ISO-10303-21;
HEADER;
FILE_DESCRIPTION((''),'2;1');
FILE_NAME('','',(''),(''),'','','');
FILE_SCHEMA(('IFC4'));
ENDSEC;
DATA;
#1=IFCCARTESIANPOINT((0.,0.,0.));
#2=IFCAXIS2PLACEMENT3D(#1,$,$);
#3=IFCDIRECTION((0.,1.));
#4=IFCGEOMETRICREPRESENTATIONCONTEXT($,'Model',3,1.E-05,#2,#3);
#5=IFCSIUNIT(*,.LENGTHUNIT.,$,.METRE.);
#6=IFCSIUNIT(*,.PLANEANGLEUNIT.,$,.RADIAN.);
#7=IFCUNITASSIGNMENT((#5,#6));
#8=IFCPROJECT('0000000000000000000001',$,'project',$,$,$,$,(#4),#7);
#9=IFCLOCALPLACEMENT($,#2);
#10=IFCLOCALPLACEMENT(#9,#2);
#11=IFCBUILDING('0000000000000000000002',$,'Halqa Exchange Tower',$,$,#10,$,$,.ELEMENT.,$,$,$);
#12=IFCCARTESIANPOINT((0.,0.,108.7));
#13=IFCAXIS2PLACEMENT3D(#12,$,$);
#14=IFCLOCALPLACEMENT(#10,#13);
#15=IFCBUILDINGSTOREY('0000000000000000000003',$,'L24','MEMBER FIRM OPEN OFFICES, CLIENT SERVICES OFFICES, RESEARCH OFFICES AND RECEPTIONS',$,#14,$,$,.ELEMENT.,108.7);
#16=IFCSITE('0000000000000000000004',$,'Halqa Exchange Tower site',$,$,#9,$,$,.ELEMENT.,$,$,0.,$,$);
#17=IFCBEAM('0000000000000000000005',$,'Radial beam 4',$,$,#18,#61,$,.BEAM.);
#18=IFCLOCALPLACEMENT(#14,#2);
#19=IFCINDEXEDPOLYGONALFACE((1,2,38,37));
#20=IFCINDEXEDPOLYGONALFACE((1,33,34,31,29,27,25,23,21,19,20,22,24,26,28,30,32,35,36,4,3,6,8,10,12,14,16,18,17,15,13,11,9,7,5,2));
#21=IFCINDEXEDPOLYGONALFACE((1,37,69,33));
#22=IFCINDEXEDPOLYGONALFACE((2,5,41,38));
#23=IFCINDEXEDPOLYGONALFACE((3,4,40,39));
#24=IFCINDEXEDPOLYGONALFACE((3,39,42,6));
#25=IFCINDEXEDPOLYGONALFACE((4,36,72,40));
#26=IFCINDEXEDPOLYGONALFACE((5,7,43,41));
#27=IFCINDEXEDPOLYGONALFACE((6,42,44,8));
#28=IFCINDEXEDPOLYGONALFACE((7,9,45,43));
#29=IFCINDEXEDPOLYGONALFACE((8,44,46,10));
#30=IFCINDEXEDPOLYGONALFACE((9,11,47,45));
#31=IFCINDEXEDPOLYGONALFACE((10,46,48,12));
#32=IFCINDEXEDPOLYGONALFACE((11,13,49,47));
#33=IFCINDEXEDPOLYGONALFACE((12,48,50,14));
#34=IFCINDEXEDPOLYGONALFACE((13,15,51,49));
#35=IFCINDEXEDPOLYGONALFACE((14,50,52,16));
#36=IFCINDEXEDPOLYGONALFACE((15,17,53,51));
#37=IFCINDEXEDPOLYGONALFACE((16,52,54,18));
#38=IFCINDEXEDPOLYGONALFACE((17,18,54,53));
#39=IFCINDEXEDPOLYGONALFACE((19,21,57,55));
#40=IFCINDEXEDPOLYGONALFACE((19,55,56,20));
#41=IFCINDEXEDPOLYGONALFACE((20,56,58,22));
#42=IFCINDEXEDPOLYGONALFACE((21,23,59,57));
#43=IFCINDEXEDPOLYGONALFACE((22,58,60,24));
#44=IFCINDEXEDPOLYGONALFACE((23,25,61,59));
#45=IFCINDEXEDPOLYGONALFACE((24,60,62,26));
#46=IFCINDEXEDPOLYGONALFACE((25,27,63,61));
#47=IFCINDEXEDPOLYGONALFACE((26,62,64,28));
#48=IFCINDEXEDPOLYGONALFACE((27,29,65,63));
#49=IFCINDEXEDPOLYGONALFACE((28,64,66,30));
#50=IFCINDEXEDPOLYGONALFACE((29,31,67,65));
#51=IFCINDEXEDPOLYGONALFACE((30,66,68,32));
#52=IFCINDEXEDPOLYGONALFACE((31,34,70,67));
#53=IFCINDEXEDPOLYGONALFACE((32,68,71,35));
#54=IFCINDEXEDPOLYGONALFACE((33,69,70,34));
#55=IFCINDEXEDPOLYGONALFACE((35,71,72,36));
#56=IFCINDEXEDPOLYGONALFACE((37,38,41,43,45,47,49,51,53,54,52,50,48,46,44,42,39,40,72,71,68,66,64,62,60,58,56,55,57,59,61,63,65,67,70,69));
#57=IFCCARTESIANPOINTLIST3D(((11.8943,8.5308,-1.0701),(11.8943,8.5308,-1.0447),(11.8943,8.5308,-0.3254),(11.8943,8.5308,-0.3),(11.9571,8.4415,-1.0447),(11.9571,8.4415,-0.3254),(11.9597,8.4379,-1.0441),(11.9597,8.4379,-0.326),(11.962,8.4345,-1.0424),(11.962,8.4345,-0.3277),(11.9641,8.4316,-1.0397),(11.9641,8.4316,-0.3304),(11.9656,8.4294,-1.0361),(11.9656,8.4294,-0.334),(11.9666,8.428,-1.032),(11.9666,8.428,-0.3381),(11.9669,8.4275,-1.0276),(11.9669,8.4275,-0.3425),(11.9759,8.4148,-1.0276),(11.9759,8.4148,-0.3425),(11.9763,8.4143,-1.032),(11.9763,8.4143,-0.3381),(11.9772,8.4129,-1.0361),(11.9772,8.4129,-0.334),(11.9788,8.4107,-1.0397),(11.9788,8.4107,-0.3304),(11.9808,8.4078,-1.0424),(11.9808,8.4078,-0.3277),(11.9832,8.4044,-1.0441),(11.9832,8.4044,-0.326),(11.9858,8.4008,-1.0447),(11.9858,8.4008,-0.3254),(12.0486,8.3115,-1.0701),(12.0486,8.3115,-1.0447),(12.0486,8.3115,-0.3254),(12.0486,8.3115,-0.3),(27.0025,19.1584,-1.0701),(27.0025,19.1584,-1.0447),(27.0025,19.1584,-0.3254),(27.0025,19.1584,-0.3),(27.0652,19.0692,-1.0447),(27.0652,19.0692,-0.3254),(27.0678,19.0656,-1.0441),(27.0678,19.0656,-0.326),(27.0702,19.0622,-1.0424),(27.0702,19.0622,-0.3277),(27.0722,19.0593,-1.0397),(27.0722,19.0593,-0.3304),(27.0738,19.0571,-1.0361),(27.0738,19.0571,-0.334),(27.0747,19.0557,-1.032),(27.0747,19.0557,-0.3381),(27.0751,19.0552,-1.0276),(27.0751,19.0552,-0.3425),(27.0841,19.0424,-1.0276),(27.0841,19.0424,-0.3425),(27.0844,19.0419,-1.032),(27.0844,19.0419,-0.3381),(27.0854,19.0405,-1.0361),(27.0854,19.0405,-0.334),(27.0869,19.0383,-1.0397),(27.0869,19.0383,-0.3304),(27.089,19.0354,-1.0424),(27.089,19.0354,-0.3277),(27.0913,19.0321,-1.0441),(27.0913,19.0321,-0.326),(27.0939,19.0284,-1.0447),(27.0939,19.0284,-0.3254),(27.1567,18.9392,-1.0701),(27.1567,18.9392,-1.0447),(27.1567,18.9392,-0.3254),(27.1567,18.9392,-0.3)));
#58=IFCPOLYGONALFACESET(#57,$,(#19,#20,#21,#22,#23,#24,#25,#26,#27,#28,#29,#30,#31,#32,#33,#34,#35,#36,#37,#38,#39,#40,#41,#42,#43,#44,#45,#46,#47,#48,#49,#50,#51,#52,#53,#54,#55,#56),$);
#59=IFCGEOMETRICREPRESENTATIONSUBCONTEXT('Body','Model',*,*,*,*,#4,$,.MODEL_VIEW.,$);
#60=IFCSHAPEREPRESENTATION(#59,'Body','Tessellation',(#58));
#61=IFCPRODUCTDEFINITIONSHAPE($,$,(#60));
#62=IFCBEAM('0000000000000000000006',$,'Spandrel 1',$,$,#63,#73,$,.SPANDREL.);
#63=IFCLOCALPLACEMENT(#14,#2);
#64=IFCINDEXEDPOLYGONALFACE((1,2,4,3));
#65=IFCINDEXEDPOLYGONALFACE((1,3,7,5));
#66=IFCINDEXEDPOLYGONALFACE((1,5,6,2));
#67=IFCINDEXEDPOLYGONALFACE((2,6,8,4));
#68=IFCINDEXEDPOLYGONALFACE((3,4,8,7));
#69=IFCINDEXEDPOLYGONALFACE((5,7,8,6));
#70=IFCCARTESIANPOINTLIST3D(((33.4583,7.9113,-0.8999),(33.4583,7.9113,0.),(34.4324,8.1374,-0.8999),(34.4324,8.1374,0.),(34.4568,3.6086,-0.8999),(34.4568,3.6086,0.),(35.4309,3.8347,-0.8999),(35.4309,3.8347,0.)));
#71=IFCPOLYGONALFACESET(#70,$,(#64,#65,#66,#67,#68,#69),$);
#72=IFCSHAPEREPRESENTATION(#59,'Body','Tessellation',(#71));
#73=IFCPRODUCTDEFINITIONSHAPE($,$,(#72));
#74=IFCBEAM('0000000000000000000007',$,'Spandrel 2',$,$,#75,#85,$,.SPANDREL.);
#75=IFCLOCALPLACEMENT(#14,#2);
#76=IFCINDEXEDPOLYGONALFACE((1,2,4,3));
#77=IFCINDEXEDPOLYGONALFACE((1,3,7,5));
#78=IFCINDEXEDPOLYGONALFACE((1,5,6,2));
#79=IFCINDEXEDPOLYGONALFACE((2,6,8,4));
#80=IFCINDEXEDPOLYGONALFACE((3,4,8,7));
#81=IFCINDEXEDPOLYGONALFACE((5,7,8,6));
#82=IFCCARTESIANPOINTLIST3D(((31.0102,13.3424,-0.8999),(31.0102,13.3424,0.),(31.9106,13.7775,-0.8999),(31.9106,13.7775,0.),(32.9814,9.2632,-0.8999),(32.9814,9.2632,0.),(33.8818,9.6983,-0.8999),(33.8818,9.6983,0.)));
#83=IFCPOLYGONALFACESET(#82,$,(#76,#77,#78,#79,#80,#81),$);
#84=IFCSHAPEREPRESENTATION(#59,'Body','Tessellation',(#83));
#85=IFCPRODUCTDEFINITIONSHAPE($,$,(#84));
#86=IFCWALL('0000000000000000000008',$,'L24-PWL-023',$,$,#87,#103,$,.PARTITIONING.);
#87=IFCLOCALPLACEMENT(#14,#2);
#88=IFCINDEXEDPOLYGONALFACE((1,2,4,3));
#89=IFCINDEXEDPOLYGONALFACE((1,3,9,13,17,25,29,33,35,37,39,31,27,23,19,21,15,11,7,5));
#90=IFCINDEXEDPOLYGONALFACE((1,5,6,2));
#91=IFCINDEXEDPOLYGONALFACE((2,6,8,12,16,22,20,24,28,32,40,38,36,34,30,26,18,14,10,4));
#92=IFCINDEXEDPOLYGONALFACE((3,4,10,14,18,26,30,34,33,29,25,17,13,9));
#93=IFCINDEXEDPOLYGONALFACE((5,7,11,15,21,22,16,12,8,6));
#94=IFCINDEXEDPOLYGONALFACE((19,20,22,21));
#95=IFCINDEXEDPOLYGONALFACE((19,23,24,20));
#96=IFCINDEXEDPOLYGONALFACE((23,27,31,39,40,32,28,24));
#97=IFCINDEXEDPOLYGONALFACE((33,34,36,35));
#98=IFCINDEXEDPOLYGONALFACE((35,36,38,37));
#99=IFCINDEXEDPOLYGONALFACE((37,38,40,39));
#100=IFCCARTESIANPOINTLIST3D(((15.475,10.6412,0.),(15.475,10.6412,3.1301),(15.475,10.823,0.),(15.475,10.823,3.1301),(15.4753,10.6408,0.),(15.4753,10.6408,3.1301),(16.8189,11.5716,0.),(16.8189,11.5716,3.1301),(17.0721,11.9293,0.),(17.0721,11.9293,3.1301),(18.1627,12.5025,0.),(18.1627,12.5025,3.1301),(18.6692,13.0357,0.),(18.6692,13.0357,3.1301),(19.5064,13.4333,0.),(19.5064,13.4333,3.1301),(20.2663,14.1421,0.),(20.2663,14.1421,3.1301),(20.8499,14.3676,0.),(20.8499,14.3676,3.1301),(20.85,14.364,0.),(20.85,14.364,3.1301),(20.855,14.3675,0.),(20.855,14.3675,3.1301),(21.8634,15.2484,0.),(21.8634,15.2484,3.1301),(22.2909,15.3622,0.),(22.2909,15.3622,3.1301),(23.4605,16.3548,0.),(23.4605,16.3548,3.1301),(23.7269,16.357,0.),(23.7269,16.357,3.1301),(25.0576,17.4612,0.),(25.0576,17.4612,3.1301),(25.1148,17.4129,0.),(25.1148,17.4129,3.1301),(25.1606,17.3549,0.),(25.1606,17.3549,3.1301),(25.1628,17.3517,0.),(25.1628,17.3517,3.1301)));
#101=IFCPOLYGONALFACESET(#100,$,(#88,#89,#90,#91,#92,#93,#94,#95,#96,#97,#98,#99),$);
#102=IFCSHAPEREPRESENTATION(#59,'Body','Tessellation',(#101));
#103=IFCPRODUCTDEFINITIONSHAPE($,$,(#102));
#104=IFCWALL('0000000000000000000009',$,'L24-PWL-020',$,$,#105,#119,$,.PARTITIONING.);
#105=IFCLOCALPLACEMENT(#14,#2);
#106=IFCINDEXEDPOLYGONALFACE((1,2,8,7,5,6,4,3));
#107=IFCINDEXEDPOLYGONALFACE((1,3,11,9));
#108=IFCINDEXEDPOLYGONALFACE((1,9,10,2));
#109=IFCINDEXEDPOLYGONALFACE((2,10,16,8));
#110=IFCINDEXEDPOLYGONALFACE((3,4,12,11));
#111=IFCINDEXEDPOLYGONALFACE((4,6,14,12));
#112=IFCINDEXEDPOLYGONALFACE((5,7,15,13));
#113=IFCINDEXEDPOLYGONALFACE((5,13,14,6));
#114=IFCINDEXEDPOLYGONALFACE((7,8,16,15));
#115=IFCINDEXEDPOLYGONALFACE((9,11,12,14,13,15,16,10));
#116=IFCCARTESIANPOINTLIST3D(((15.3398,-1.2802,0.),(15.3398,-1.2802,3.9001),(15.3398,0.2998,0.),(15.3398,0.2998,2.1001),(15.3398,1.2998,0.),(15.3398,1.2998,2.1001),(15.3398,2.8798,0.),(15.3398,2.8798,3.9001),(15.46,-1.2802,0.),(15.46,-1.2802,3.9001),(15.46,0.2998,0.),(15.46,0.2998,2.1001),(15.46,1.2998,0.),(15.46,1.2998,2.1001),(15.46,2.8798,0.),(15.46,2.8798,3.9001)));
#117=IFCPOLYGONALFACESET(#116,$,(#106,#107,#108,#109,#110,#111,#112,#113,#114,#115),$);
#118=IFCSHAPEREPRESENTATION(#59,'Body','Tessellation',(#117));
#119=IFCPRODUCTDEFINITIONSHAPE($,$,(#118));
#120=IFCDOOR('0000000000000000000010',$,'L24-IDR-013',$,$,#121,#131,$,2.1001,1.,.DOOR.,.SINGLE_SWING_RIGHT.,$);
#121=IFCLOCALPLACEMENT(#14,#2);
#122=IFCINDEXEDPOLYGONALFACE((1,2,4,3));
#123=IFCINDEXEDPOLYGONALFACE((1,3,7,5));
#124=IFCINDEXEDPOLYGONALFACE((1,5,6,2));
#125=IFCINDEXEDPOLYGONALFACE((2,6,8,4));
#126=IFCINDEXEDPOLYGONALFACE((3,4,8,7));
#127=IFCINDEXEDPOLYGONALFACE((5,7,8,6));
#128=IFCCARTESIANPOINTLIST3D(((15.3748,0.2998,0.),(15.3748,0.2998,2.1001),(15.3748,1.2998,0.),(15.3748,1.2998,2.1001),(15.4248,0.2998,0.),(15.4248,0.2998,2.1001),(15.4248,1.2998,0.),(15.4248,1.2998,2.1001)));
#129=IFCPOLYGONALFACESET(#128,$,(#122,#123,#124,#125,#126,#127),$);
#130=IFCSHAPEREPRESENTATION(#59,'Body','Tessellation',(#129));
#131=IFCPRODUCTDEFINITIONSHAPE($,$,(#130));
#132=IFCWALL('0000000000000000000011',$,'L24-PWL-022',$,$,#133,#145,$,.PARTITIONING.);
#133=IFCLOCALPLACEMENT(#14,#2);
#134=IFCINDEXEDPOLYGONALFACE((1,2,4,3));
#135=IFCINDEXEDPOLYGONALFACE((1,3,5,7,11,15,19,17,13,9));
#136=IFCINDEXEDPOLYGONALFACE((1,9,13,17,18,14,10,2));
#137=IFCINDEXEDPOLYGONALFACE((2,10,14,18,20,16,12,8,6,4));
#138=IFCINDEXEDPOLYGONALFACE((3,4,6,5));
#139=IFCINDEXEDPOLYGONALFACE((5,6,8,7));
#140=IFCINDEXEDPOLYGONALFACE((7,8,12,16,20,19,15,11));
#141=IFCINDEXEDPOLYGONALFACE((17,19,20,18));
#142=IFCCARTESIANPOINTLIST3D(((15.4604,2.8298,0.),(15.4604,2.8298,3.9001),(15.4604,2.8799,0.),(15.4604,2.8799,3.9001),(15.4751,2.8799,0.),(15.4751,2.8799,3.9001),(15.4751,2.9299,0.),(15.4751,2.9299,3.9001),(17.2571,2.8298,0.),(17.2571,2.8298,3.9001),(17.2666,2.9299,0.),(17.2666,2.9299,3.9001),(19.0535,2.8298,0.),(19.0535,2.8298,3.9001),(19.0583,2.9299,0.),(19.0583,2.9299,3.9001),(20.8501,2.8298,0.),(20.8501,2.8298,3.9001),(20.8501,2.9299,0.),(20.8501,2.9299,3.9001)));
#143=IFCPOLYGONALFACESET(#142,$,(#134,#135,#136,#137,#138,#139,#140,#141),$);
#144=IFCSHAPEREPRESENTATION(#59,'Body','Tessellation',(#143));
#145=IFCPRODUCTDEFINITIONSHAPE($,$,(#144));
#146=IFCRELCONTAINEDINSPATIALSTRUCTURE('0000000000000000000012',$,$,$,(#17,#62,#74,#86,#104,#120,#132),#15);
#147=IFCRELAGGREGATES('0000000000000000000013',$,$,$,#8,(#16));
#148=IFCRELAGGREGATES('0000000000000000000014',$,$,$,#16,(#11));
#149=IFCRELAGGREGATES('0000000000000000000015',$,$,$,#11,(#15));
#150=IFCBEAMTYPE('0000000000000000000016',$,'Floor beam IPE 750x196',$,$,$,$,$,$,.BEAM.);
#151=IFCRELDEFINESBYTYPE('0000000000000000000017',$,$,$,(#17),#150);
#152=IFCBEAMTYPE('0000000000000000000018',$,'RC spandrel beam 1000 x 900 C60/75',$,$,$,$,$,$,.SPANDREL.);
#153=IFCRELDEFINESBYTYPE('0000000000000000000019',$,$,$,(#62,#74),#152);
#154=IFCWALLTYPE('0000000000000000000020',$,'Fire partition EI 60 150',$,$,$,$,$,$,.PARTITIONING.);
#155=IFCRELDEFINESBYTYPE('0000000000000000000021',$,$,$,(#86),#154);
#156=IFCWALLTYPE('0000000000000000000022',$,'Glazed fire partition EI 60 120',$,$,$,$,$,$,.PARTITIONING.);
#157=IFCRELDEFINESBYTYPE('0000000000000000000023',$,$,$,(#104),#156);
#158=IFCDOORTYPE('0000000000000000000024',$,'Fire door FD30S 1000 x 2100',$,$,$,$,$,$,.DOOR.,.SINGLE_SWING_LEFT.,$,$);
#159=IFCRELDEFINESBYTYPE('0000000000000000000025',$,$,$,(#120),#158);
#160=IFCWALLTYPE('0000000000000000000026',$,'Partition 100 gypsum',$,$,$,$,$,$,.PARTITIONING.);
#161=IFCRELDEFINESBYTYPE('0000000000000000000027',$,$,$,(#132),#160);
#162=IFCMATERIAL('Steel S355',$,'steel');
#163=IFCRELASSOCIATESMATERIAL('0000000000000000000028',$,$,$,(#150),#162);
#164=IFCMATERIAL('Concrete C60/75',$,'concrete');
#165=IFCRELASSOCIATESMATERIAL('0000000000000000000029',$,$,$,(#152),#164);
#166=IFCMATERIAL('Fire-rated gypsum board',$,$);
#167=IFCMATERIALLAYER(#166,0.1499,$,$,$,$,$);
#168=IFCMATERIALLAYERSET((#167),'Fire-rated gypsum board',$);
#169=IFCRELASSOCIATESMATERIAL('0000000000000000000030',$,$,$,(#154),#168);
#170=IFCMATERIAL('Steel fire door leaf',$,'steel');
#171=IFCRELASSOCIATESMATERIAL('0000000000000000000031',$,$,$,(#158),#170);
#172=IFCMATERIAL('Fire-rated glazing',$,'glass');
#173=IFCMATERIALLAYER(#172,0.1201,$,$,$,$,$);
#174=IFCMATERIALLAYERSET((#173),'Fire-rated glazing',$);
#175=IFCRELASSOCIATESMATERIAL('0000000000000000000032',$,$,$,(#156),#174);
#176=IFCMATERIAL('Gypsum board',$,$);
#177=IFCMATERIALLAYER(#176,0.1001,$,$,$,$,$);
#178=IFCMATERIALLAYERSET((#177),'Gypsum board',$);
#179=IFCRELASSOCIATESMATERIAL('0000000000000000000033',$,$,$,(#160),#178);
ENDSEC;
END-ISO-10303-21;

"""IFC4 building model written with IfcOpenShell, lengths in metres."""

from ifc_helpers import new_model, si_unit, direction, frame, frame_2d, origin, origin_2d, place, context, subcontext, project, spatial, polyline, rectangle, i_section, outline, extrude, material, layer, layer_set, material_profile, profile_set, type_object, element, fill, save


model = new_model("IFC4")

# Units and contexts
model_context = context("Model", 3, precision=1e-05, world=origin(), true_north=direction((0.0, 1.0)))
body_context = subcontext(model_context, "Body", "Model", "MODEL_VIEW")
ifc_project = project(units=[si_unit("LENGTHUNIT", "METRE"), si_unit("PLANEANGLEUNIT", "RADIAN")], contexts=[model_context])

# Site, building, storey
site_placement = place(None, origin())
site = spatial("IfcSite", under=ifc_project, at=site_placement, Name="Halqa Exchange Tower site", CompositionType="ELEMENT", RefElevation=0.0)
building_placement = place(site_placement, origin())
building = spatial("IfcBuilding", under=site, at=building_placement, Name="Halqa Exchange Tower", CompositionType="ELEMENT")
storey_placement = place(building_placement, frame((0.0, 0.0, 108.7)))
storey = spatial("IfcBuildingStorey", under=building, at=storey_placement, Name="L24", Description="MEMBER FIRM OPEN OFFICES, CLIENT SERVICES OFFICES, RESEARCH OFFICES AND RECEPTIONS", CompositionType="ELEMENT", Elevation=108.7)

# Beams
ifc_material_1 = material(Name="Steel S355", Category="steel")
ifc_material_profile_1 = material_profile(ifc_material_1, i_section(OverallWidth=0.2681, OverallDepth=0.77, WebThickness=0.0156, FlangeThickness=0.0254, FilletRadius=0.0171, at=origin_2d()), Name="IPE 750x196")
ifc_profile_set_1 = profile_set([ifc_material_profile_1], Name="Steel S355")
beam_type_1 = type_object("IfcBeamType", Name="Floor beam IPE 750x196", PredefinedType="BEAM", material=ifc_profile_set_1)
beam_1_placement = place(storey_placement, frame((11.9714, 8.4211, -0.6851), z_axis=(0.817908, 0.575349, 0.0), x_axis=(-0.575349, 0.817908, 0.0)))
element("IfcBeam", 1, at=beam_1_placement, inside=storey, type_object=beam_type_1, Name="Radial beam 4", PredefinedType="BEAM", context=body_context, shape_type="SweptSolid", body=[
    extrude(i_section(OverallWidth=0.2681, OverallDepth=0.77, WebThickness=0.0156, FlangeThickness=0.0254, FilletRadius=0.0171, at=origin_2d()), origin(), (0.0, 0.0, 1.0), 18.4717),
])
ifc_material_2 = material(Name="Concrete C60/75", Category="concrete")
ifc_material_profile_2 = material_profile(ifc_material_2, rectangle(XDim=1.0, YDim=0.8999, at=origin_2d()), Name="1000 x 900")
ifc_profile_set_2 = profile_set([ifc_material_profile_2], Name="Concrete C60/75")
beam_type_2 = type_object("IfcBeamType", Name="RC spandrel beam 1000 x 900 C60/75", PredefinedType="SPANDREL", material=ifc_profile_set_2)
beam_2_placement = place(storey_placement, frame((34.9438, 3.7217, -0.45), z_axis=(-0.226062, 0.974113, 0.0), x_axis=(-0.974113, -0.226062, 0.0)))
element("IfcBeam", 2, at=beam_2_placement, inside=storey, type_object=beam_type_2, Name="Spandrel 1", PredefinedType="SPANDREL", context=body_context, shape_type="SweptSolid", body=[
    extrude(rectangle(XDim=1.0, YDim=0.8999, at=origin_2d()), origin(), (0.0, 0.0, 1.0), 4.417),
])
beam_3_placement = place(storey_placement, frame((33.4316, 9.4807, -0.45), z_axis=(-0.435102, 0.900381, 0.0), x_axis=(-0.900381, -0.435102, 0.0)))
element("IfcBeam", 3, at=beam_3_placement, inside=storey, type_object=beam_type_2, Name="Spandrel 2", PredefinedType="SPANDREL", context=body_context, shape_type="SweptSolid", body=[
    extrude(rectangle(XDim=1.0, YDim=0.8999, at=origin_2d()), origin(), (0.0, 0.0, 1.0), 4.5305),
])

# Shared definitions
ifc_material_3 = material(Name="Fire-rated gypsum board")
ifc_layer_1 = layer(ifc_material_3, 0.1499)
ifc_layer_set_1 = layer_set([ifc_layer_1], Name="Fire-rated gypsum board")
wall_type_1 = type_object("IfcWallType", Name="Fire partition EI 60 150", PredefinedType="PARTITIONING", material=ifc_layer_set_1)
ifc_material_4 = material(Name="Steel fire door leaf", Category="steel")
door_type = type_object("IfcDoorType", Name="Fire door FD30S 1000 x 2100", OperationType="SINGLE_SWING_LEFT", PredefinedType="DOOR", material=ifc_material_4)

# Wall
wall_1_placement = place(storey_placement, frame((15.4326, 10.7024, 0.0), z_axis=(0.0, 0.0, 1.0), x_axis=(0.822025, 0.569451, 0.0)))
element("IfcWall", 4, at=wall_1_placement, inside=storey, type_object=wall_type_1, Name="L24-PWL-023", PredefinedType="PARTITIONING", context=body_context, shape_type="SweptSolid", body=[
    extrude(outline(polyline([(0.0, -0.075), (1.6345, -0.075), (3.2693, -0.075), (4.9038, -0.075), (6.5383, -0.075), (6.5403, -0.072), (6.5444, -0.075), (8.2913, -0.075), (10.0381, -0.075), (11.7849, -0.075), (11.7849, -0.071), (11.7803, 0.0027), (11.7607, 0.075), (9.8179, 0.075), (7.875, 0.075), (5.9321, 0.075), (3.9893, 0.075), (2.0464, 0.075), (0.1035, 0.075), (0.0, -0.0745), (0.0, -0.075)])), origin(), (0.0, 0.0, 1.0), 3.1301),
])

# Wall, opening, door
ifc_material_5 = material(Name="Fire-rated glazing", Category="glass")
ifc_layer_2 = layer(ifc_material_5, 0.1201)
ifc_layer_set_2 = layer_set([ifc_layer_2], Name="Fire-rated glazing")
wall_type_2 = type_object("IfcWallType", Name="Glazed fire partition EI 60 120", PredefinedType="PARTITIONING", material=ifc_layer_set_2)
wall_2_placement = place(storey_placement, frame((15.3999, 2.8799, 0.0), z_axis=(0.0, 0.0, 1.0), x_axis=(0.0, -1.0, 0.0)))
wall_2 = element("IfcWall", 5, at=wall_2_placement, inside=storey, type_object=wall_type_2, Name="L24-PWL-020", PredefinedType="PARTITIONING", context=body_context, shape_type="SweptSolid", body=[
    extrude(rectangle(XDim=4.1599, YDim=0.1201, at=frame_2d((2.0801, 0.0))), origin(), (0.0, 0.0, 1.0), 3.9001),
])
opening_1_placement = place(wall_2_placement, frame((1.5801, 0.0, 0.0)))
opening_1 = element("IfcOpeningElement", 6, at=opening_1_placement, cuts=wall_2, PredefinedType="OPENING", context=body_context, shape_type="SweptSolid", body=[
    extrude(rectangle(XDim=1.0, YDim=2.1001, at=frame_2d((0.5, 1.05))), frame((0.0, 0.072, 0.0), z_axis=(0.0, -1.0, 0.0), x_axis=(1.0, 0.0, 0.0)), (0.0, 0.0, 1.0), 0.144),
])
door_1_placement = place(opening_1_placement, origin())
door_1 = element("IfcDoor", 7, at=door_1_placement, inside=storey, type_object=door_type, Name="L24-IDR-013", OperationType="SINGLE_SWING_RIGHT", OverallHeight=2.1001, OverallWidth=1.0, PredefinedType="DOOR", context=body_context, shape_type="SweptSolid", body=[
    extrude(rectangle(XDim=1.0, YDim=2.1001, at=frame_2d((0.5, 1.05))), frame((0.0, 0.0249, 0.0), z_axis=(0.0, -1.0, 0.0), x_axis=(1.0, 0.0, 0.0)), (0.0, 0.0, 1.0), 0.05),
])
fill(opening_1, door_1)

# Wall
ifc_material_6 = material(Name="Gypsum board")
ifc_layer_3 = layer(ifc_material_6, 0.1001)
ifc_layer_set_3 = layer_set([ifc_layer_3], Name="Gypsum board")
wall_type_3 = type_object("IfcWallType", Name="Partition 100 gypsum", PredefinedType="PARTITIONING", material=ifc_layer_set_3)
wall_3_placement = place(storey_placement, frame((15.4604, 2.8799, 0.0), z_axis=(0.0, 0.0, 1.0), x_axis=(1.0, 0.0, 0.0)))
element("IfcWall", 8, at=wall_3_placement, inside=storey, type_object=wall_type_3, Name="L24-PWL-022", PredefinedType="PARTITIONING", context=body_context, shape_type="SweptSolid", body=[
    extrude(outline(polyline([(0.0, -0.05), (1.7966, -0.05), (3.593, -0.05), (5.3896, -0.05), (5.3896, 0.05), (3.5979, 0.05), (1.8062, 0.05), (0.0146, 0.05), (0.0146, 0.0), (0.0, 0.0), (0.0, -0.05)])), origin(), (0.0, 0.0, 1.0), 3.9001),
])

save(model, "model.ifc")
